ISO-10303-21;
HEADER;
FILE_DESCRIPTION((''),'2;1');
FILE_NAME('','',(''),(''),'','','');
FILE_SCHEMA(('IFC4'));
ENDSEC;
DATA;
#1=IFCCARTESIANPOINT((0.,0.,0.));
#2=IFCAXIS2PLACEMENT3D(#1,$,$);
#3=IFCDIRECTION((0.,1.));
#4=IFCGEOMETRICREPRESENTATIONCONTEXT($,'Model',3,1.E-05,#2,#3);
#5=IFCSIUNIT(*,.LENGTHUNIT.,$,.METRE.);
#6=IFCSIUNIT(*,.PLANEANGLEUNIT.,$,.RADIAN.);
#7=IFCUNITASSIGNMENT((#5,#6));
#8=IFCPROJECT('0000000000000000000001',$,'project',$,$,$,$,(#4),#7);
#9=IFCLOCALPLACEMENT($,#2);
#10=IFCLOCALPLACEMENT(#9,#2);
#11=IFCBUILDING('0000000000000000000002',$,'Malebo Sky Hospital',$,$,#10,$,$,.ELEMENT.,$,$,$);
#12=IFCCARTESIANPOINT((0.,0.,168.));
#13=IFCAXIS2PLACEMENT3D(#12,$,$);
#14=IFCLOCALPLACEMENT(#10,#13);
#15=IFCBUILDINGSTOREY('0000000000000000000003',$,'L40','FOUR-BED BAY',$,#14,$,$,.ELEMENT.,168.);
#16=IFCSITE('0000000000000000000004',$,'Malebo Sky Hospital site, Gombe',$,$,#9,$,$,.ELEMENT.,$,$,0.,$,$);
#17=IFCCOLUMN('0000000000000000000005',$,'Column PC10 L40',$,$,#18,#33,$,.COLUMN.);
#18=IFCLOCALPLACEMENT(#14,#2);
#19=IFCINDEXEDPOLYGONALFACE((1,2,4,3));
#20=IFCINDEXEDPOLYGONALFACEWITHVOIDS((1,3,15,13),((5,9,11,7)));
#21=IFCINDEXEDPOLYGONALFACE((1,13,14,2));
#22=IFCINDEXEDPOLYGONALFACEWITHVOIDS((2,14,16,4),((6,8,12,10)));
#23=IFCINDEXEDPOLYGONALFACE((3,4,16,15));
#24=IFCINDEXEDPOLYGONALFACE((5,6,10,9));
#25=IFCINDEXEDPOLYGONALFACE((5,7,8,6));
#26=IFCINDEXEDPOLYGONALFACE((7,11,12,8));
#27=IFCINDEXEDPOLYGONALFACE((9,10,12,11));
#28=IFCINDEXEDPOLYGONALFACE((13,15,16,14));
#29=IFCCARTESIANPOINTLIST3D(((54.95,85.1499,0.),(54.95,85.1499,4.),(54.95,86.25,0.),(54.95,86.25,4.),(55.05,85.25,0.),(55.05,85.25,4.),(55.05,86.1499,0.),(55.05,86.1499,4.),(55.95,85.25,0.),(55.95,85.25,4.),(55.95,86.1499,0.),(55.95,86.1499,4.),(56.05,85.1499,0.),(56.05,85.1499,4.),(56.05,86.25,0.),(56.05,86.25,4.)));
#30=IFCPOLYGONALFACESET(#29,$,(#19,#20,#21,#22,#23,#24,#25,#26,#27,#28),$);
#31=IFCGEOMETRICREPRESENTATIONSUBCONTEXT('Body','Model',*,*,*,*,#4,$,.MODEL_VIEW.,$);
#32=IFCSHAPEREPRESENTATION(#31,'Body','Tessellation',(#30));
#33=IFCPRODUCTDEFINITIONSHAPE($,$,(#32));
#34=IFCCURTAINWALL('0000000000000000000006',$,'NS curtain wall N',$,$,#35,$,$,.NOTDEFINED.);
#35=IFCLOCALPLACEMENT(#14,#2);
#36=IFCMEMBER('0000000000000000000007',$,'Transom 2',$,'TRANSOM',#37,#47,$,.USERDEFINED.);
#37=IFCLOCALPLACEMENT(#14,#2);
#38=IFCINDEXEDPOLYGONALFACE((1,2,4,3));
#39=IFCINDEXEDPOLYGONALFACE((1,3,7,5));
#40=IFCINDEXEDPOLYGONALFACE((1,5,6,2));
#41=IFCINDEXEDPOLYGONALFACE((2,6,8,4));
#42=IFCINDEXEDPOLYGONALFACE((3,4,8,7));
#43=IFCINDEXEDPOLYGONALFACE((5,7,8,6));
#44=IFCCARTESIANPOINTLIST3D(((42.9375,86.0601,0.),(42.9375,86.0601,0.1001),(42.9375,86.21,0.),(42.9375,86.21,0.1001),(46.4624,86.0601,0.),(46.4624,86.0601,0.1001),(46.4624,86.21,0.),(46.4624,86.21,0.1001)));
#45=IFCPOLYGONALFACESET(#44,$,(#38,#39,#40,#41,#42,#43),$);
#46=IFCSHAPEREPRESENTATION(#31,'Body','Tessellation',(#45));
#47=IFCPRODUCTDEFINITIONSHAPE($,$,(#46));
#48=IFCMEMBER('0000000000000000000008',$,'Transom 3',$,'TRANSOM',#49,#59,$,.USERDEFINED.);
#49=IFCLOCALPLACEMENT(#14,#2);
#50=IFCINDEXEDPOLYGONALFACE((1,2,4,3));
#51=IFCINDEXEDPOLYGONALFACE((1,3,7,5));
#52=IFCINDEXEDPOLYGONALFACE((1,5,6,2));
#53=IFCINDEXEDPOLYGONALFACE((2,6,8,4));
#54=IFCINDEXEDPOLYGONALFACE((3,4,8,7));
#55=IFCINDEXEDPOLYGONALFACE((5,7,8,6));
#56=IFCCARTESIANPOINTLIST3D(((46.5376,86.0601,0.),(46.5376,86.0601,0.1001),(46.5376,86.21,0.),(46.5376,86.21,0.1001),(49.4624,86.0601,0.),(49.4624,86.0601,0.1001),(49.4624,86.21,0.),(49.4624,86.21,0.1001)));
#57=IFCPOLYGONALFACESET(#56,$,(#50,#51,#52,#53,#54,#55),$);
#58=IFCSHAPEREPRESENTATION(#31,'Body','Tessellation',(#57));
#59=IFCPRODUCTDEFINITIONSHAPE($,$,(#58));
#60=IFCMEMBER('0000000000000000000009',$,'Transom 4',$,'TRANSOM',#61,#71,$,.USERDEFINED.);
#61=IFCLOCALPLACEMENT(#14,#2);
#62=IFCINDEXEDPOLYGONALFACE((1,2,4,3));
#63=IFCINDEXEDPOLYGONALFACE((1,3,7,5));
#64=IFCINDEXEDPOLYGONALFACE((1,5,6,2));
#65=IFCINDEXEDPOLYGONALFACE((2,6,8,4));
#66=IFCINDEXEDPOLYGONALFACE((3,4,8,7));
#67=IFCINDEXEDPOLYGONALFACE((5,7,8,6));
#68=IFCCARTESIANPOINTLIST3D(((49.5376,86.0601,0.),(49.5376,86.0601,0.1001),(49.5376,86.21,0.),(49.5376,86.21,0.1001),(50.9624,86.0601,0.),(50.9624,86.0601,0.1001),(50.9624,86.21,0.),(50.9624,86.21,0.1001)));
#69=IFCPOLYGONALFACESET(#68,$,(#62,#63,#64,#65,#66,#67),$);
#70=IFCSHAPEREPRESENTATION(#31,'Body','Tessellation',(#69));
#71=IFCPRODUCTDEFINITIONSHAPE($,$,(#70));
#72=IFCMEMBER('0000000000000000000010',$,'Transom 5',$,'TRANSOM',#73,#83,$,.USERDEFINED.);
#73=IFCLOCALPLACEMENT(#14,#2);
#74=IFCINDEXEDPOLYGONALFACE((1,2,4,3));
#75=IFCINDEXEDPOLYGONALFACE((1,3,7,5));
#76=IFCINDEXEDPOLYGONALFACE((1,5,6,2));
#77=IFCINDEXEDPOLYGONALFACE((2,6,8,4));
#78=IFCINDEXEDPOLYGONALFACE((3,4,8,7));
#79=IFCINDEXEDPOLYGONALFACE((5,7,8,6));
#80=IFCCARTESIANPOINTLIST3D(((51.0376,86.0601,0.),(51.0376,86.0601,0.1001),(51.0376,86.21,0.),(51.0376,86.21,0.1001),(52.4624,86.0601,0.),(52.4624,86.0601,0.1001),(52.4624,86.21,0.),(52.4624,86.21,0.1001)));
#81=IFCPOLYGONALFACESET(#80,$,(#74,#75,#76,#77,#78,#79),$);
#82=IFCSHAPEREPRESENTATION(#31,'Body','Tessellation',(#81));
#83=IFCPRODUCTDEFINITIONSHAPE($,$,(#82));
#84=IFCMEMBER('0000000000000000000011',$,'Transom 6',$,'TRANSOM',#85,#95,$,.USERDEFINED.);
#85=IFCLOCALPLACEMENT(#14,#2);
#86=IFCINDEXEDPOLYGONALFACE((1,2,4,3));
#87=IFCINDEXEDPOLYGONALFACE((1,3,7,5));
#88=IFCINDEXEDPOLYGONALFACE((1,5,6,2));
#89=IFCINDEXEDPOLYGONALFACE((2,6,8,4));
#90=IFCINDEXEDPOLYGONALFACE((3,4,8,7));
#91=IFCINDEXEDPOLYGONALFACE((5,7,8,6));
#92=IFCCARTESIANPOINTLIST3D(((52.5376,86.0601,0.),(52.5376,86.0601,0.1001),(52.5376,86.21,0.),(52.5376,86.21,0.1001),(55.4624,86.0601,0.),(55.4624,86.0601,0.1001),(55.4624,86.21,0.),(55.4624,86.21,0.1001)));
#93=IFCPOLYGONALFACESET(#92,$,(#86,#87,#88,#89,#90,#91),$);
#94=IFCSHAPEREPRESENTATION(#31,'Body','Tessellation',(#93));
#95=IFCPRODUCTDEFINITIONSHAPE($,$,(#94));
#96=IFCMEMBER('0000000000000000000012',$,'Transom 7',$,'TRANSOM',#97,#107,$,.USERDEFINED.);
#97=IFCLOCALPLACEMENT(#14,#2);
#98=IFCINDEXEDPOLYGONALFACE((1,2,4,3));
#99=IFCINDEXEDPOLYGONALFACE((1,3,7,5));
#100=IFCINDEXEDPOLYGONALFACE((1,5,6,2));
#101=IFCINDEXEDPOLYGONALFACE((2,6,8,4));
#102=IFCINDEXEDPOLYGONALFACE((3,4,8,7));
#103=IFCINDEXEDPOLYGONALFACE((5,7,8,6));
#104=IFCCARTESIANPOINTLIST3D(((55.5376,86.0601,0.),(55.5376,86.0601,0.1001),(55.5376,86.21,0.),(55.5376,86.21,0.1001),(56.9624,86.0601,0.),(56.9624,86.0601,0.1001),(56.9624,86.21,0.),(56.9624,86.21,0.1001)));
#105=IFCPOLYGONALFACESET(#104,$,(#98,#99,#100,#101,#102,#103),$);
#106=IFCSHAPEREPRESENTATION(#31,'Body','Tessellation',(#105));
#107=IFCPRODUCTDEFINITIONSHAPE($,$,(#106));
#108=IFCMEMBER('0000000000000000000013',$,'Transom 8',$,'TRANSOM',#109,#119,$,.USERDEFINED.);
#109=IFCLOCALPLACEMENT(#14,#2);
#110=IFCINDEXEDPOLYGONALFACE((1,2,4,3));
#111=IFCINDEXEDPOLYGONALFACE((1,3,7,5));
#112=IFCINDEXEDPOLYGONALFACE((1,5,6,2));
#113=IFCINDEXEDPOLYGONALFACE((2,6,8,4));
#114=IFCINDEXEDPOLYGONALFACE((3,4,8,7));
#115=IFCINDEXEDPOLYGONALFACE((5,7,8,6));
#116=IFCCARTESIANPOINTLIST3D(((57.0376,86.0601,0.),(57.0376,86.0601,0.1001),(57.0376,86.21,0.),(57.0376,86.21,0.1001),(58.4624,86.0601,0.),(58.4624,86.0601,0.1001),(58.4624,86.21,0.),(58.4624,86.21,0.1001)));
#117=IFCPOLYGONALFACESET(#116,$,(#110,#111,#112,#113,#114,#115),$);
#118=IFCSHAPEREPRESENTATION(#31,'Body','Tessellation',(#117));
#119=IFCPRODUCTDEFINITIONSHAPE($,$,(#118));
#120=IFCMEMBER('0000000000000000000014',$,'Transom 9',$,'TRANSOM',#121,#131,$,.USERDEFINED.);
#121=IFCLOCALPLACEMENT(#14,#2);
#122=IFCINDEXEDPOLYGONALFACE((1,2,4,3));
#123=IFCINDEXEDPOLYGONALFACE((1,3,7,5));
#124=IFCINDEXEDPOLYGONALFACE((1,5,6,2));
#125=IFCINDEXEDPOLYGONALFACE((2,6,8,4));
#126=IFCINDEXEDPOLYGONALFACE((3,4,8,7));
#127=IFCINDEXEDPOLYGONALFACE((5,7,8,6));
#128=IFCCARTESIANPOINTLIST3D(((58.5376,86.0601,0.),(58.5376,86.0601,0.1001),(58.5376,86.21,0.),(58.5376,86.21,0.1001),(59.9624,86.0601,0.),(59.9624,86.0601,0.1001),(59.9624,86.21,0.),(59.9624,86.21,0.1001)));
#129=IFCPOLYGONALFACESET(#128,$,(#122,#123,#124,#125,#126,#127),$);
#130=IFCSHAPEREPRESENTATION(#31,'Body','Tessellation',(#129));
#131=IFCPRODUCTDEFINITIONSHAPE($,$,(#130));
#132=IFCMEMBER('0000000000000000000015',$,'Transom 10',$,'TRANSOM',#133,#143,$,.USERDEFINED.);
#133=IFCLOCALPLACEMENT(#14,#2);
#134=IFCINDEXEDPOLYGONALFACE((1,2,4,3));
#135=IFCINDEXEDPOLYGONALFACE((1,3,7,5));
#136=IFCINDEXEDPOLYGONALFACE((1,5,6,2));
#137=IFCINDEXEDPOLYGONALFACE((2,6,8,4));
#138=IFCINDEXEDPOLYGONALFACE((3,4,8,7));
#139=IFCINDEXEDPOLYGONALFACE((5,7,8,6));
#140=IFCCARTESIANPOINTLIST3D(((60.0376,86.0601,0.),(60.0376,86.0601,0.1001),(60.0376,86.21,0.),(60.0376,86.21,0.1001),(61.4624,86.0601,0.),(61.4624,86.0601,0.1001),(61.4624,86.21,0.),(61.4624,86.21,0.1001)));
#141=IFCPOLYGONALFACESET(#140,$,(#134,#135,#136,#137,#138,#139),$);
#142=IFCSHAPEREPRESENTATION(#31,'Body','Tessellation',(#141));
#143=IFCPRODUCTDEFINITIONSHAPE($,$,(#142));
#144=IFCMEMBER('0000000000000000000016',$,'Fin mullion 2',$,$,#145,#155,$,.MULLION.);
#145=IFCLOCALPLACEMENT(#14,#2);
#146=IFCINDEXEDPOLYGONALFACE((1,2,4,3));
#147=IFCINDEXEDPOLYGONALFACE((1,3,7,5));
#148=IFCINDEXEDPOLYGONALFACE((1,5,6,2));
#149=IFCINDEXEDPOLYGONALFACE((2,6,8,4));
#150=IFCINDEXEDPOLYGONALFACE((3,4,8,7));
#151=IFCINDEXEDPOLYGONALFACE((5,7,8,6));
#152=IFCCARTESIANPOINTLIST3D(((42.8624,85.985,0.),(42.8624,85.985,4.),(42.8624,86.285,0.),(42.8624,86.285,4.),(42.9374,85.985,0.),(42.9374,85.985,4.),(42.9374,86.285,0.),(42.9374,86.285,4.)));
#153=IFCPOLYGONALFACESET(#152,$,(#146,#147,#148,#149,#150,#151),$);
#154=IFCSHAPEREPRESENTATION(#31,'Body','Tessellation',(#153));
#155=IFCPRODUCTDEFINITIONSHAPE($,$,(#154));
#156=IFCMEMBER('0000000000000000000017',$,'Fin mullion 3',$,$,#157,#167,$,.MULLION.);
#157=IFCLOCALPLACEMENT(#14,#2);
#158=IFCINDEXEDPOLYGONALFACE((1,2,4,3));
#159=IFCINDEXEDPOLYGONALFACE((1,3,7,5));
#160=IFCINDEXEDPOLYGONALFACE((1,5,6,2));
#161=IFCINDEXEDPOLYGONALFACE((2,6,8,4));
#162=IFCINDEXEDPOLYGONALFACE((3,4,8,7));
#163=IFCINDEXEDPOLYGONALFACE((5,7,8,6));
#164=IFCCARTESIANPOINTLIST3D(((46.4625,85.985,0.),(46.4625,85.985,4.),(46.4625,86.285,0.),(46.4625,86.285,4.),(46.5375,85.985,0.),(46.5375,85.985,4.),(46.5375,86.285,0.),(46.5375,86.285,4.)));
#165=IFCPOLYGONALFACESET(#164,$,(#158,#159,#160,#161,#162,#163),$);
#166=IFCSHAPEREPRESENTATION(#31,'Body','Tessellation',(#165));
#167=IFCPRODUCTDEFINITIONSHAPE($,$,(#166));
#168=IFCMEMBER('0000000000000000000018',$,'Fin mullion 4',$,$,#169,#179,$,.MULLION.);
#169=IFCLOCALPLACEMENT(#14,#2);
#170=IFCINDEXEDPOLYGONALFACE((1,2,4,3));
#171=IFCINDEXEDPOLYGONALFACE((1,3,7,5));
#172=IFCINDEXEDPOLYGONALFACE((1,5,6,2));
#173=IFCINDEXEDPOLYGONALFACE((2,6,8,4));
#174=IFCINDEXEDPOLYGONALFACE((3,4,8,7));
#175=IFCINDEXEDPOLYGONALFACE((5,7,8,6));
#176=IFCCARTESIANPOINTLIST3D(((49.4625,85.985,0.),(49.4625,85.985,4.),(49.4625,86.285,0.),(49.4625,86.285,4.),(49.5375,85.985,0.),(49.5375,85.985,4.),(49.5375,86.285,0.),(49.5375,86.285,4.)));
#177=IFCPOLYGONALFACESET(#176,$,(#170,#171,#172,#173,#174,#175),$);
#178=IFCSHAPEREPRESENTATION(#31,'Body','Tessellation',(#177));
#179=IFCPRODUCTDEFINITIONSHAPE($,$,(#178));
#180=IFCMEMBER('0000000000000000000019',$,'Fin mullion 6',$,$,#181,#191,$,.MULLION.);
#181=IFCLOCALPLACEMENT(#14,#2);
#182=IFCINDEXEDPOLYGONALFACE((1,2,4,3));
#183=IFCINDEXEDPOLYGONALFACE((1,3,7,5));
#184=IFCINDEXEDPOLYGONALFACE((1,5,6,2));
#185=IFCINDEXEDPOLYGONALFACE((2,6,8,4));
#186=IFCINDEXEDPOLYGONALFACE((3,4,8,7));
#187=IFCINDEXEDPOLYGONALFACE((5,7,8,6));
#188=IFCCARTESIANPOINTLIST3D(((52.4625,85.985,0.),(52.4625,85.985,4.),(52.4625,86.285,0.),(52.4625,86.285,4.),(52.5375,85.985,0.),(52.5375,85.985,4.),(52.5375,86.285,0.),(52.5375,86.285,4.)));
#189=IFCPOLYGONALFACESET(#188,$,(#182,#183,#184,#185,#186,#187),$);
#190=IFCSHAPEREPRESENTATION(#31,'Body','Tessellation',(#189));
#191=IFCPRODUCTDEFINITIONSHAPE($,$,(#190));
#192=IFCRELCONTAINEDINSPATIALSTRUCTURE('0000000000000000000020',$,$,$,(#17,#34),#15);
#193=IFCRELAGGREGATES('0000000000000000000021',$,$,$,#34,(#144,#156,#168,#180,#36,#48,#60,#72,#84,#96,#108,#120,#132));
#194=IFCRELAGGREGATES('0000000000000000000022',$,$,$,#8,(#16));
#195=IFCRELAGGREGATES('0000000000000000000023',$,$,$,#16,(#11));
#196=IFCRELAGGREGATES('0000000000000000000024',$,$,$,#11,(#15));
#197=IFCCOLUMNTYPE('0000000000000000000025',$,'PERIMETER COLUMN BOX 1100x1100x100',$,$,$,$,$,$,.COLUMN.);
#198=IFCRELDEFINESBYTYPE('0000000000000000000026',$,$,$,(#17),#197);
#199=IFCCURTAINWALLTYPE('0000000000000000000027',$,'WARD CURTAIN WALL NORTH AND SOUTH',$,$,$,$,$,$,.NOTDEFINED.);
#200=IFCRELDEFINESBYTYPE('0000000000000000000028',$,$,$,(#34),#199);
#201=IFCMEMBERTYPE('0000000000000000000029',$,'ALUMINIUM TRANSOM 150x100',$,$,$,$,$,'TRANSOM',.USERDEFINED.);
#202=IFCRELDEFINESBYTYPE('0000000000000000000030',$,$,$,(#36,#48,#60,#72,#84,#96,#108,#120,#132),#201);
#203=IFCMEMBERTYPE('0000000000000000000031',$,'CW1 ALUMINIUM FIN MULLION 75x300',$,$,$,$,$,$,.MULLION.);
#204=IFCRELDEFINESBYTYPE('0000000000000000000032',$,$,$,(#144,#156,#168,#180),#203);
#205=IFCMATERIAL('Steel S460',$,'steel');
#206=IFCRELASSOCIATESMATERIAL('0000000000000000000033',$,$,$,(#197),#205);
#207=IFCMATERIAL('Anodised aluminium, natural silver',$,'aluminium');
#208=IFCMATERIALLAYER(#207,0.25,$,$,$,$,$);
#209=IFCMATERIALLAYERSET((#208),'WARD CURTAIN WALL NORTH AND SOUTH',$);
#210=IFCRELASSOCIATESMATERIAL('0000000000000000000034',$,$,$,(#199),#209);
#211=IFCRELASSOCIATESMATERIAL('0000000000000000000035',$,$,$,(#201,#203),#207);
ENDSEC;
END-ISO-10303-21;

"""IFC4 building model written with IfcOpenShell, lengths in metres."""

from ifc_helpers import new_model, si_unit, direction, frame, origin, origin_2d, place, context, subcontext, project, spatial, rectangle, hollow_rectangle, extrude, material, layer, layer_set, material_profile, profile_set, type_object, element, aggregate, save


model = new_model("IFC4")

# Units and contexts
model_context = context("Model", 3, precision=1e-05, world=origin(), true_north=direction((0.0, 1.0)))
body_context = subcontext(model_context, "Body", "Model", "MODEL_VIEW")
ifc_project = project(units=[si_unit("LENGTHUNIT", "METRE"), si_unit("PLANEANGLEUNIT", "RADIAN")], contexts=[model_context])

# Site, building, storey
site_placement = place(None, origin())
site = spatial("IfcSite", under=ifc_project, at=site_placement, Name="Malebo Sky Hospital site, Gombe", CompositionType="ELEMENT", RefElevation=0.0)
building_placement = place(site_placement, origin())
building = spatial("IfcBuilding", under=site, at=building_placement, Name="Malebo Sky Hospital", CompositionType="ELEMENT")
storey_placement = place(building_placement, frame((0.0, 0.0, 168.0)))
storey = spatial("IfcBuildingStorey", under=building, at=storey_placement, Name="L40", Description="FOUR-BED BAY", CompositionType="ELEMENT", Elevation=168.0)

# Column
ifc_material_1 = material(Name="Steel S460", Category="steel")
ifc_material_profile_1 = material_profile(ifc_material_1, hollow_rectangle(XDim=1.1001, YDim=1.1001, WallThickness=0.1001, at=origin_2d()), Name="BOX 1100x1100x100")
ifc_profile_set_1 = profile_set([ifc_material_profile_1], Name="Steel S460")
column_type = type_object("IfcColumnType", Name="PERIMETER COLUMN BOX 1100x1100x100", PredefinedType="COLUMN", material=ifc_profile_set_1)
column_placement = place(storey_placement, frame((55.5, 85.7, 0.0), z_axis=(0.0, 0.0, 1.0), x_axis=(1.0, 0.0, 0.0)))
element("IfcColumn", 1, at=column_placement, inside=storey, type_object=column_type, Name="Column PC10 L40", PredefinedType="COLUMN", context=body_context, shape_type="SweptSolid", body=[
    extrude(hollow_rectangle(XDim=1.1001, YDim=1.1001, WallThickness=0.1001, at=origin_2d()), origin(), (0.0, 0.0, 1.0), 4.0),
])

# Curtain wall, members
ifc_material_2 = material(Name="Anodised aluminium, natural silver", Category="aluminium")
ifc_layer_1 = layer(ifc_material_2, 0.25)
ifc_layer_set_1 = layer_set([ifc_layer_1], Name="WARD CURTAIN WALL NORTH AND SOUTH")
curtain_wall_type = type_object("IfcCurtainWallType", Name="WARD CURTAIN WALL NORTH AND SOUTH", PredefinedType="NOTDEFINED", material=ifc_layer_set_1)
curtain_wall_placement = place(storey_placement, origin())
curtain_wall = element("IfcCurtainWall", 2, at=curtain_wall_placement, inside=storey, type_object=curtain_wall_type, Name="NS curtain wall N", PredefinedType="NOTDEFINED")
ifc_material_profile_2 = material_profile(ifc_material_2, rectangle(XDim=0.1499, YDim=0.1001, at=origin_2d()), Name="ALUMINIUM TRANSOM 150x100")
ifc_profile_set_2 = profile_set([ifc_material_profile_2], Name="Anodised aluminium, natural silver")
member_type_1 = type_object("IfcMemberType", Name="ALUMINIUM TRANSOM 150x100", ElementType="TRANSOM", PredefinedType="USERDEFINED", material=ifc_profile_set_2)
member_1_placement = place(storey_placement, frame((42.9375, 86.135, 0.05), z_axis=(1.0, 0.0, 0.0), x_axis=(0.0, 1.0, 0.0)))
member_1 = element("IfcMember", 3, at=member_1_placement, type_object=member_type_1, Name="Transom 2", ObjectType="TRANSOM", PredefinedType="USERDEFINED", context=body_context, shape_type="SweptSolid", body=[
    extrude(rectangle(XDim=0.1499, YDim=0.1001, at=origin_2d()), origin(), (0.0, 0.0, 1.0), 3.5249),
])
member_2_placement = place(storey_placement, frame((46.5376, 86.135, 0.05), z_axis=(1.0, 0.0, 0.0), x_axis=(0.0, 1.0, 0.0)))
member_2 = element("IfcMember", 4, at=member_2_placement, type_object=member_type_1, Name="Transom 3", ObjectType="TRANSOM", PredefinedType="USERDEFINED", context=body_context, shape_type="SweptSolid", body=[
    extrude(rectangle(XDim=0.1499, YDim=0.1001, at=origin_2d()), origin(), (0.0, 0.0, 1.0), 2.9248),
])
member_3_placement = place(storey_placement, frame((49.5376, 86.135, 0.05), z_axis=(1.0, 0.0, 0.0), x_axis=(0.0, 1.0, 0.0)))
member_3 = element("IfcMember", 5, at=member_3_placement, type_object=member_type_1, Name="Transom 4", ObjectType="TRANSOM", PredefinedType="USERDEFINED", context=body_context, shape_type="SweptSolid", body=[
    extrude(rectangle(XDim=0.1499, YDim=0.1001, at=origin_2d()), origin(), (0.0, 0.0, 1.0), 1.4248),
])
member_4_placement = place(storey_placement, frame((51.0376, 86.135, 0.05), z_axis=(1.0, 0.0, 0.0), x_axis=(0.0, 1.0, 0.0)))
member_4 = element("IfcMember", 6, at=member_4_placement, type_object=member_type_1, Name="Transom 5", ObjectType="TRANSOM", PredefinedType="USERDEFINED", context=body_context, shape_type="SweptSolid", body=[
    extrude(rectangle(XDim=0.1499, YDim=0.1001, at=origin_2d()), origin(), (0.0, 0.0, 1.0), 1.4248),
])
member_5_placement = place(storey_placement, frame((52.5376, 86.135, 0.05), z_axis=(1.0, 0.0, 0.0), x_axis=(0.0, 1.0, 0.0)))
member_5 = element("IfcMember", 7, at=member_5_placement, type_object=member_type_1, Name="Transom 6", ObjectType="TRANSOM", PredefinedType="USERDEFINED", context=body_context, shape_type="SweptSolid", body=[
    extrude(rectangle(XDim=0.1499, YDim=0.1001, at=origin_2d()), origin(), (0.0, 0.0, 1.0), 2.9248),
])
member_6_placement = place(storey_placement, frame((55.5376, 86.135, 0.05), z_axis=(1.0, 0.0, 0.0), x_axis=(0.0, 1.0, 0.0)))
member_6 = element("IfcMember", 8, at=member_6_placement, type_object=member_type_1, Name="Transom 7", ObjectType="TRANSOM", PredefinedType="USERDEFINED", context=body_context, shape_type="SweptSolid", body=[
    extrude(rectangle(XDim=0.1499, YDim=0.1001, at=origin_2d()), origin(), (0.0, 0.0, 1.0), 1.4248),
])
member_7_placement = place(storey_placement, frame((57.0376, 86.135, 0.05), z_axis=(1.0, 0.0, 0.0), x_axis=(0.0, 1.0, 0.0)))
member_7 = element("IfcMember", 9, at=member_7_placement, type_object=member_type_1, Name="Transom 8", ObjectType="TRANSOM", PredefinedType="USERDEFINED", context=body_context, shape_type="SweptSolid", body=[
    extrude(rectangle(XDim=0.1499, YDim=0.1001, at=origin_2d()), origin(), (0.0, 0.0, 1.0), 1.4248),
])
member_8_placement = place(storey_placement, frame((58.5376, 86.135, 0.05), z_axis=(1.0, 0.0, 0.0), x_axis=(0.0, 1.0, 0.0)))
member_8 = element("IfcMember", 10, at=member_8_placement, type_object=member_type_1, Name="Transom 9", ObjectType="TRANSOM", PredefinedType="USERDEFINED", context=body_context, shape_type="SweptSolid", body=[
    extrude(rectangle(XDim=0.1499, YDim=0.1001, at=origin_2d()), origin(), (0.0, 0.0, 1.0), 1.4248),
])
member_9_placement = place(storey_placement, frame((60.0376, 86.135, 0.05), z_axis=(1.0, 0.0, 0.0), x_axis=(0.0, 1.0, 0.0)))
member_9 = element("IfcMember", 11, at=member_9_placement, type_object=member_type_1, Name="Transom 10", ObjectType="TRANSOM", PredefinedType="USERDEFINED", context=body_context, shape_type="SweptSolid", body=[
    extrude(rectangle(XDim=0.1499, YDim=0.1001, at=origin_2d()), origin(), (0.0, 0.0, 1.0), 1.4248),
])
ifc_material_profile_3 = material_profile(ifc_material_2, rectangle(XDim=0.075, YDim=0.3, at=origin_2d()), Name="CW1 ALUMINIUM FIN MULLION 75x300")
ifc_profile_set_3 = profile_set([ifc_material_profile_3], Name="Anodised aluminium, natural silver")
member_type_2 = type_object("IfcMemberType", Name="CW1 ALUMINIUM FIN MULLION 75x300", PredefinedType="MULLION", material=ifc_profile_set_3)
member_10_placement = place(storey_placement, frame((42.8999, 86.135, 0.0), z_axis=(0.0, 0.0, 1.0), x_axis=(1.0, 0.0, 0.0)))
member_10 = element("IfcMember", 12, at=member_10_placement, type_object=member_type_2, Name="Fin mullion 2", PredefinedType="MULLION", context=body_context, shape_type="SweptSolid", body=[
    extrude(rectangle(XDim=0.075, YDim=0.3, at=origin_2d()), origin(), (0.0, 0.0, 1.0), 4.0),
])
member_11_placement = place(storey_placement, frame((46.5, 86.135, 0.0), z_axis=(0.0, 0.0, 1.0), x_axis=(1.0, 0.0, 0.0)))
member_11 = element("IfcMember", 13, at=member_11_placement, type_object=member_type_2, Name="Fin mullion 3", PredefinedType="MULLION", context=body_context, shape_type="SweptSolid", body=[
    extrude(rectangle(XDim=0.075, YDim=0.3, at=origin_2d()), origin(), (0.0, 0.0, 1.0), 4.0),
])
member_12_placement = place(storey_placement, frame((49.5, 86.135, 0.0), z_axis=(0.0, 0.0, 1.0), x_axis=(1.0, 0.0, 0.0)))
member_12 = element("IfcMember", 14, at=member_12_placement, type_object=member_type_2, Name="Fin mullion 4", PredefinedType="MULLION", context=body_context, shape_type="SweptSolid", body=[
    extrude(rectangle(XDim=0.075, YDim=0.3, at=origin_2d()), origin(), (0.0, 0.0, 1.0), 4.0),
])
member_13_placement = place(storey_placement, frame((52.5, 86.135, 0.0), z_axis=(0.0, 0.0, 1.0), x_axis=(1.0, 0.0, 0.0)))
member_13 = element("IfcMember", 15, at=member_13_placement, type_object=member_type_2, Name="Fin mullion 6", PredefinedType="MULLION", context=body_context, shape_type="SweptSolid", body=[
    extrude(rectangle(XDim=0.075, YDim=0.3, at=origin_2d()), origin(), (0.0, 0.0, 1.0), 4.0),
])

aggregate(curtain_wall, [member_10, member_11, member_12, member_13, member_1, member_2, member_3, member_4, member_5, member_6, member_7, member_8, member_9])

save(model, "model.ifc")
